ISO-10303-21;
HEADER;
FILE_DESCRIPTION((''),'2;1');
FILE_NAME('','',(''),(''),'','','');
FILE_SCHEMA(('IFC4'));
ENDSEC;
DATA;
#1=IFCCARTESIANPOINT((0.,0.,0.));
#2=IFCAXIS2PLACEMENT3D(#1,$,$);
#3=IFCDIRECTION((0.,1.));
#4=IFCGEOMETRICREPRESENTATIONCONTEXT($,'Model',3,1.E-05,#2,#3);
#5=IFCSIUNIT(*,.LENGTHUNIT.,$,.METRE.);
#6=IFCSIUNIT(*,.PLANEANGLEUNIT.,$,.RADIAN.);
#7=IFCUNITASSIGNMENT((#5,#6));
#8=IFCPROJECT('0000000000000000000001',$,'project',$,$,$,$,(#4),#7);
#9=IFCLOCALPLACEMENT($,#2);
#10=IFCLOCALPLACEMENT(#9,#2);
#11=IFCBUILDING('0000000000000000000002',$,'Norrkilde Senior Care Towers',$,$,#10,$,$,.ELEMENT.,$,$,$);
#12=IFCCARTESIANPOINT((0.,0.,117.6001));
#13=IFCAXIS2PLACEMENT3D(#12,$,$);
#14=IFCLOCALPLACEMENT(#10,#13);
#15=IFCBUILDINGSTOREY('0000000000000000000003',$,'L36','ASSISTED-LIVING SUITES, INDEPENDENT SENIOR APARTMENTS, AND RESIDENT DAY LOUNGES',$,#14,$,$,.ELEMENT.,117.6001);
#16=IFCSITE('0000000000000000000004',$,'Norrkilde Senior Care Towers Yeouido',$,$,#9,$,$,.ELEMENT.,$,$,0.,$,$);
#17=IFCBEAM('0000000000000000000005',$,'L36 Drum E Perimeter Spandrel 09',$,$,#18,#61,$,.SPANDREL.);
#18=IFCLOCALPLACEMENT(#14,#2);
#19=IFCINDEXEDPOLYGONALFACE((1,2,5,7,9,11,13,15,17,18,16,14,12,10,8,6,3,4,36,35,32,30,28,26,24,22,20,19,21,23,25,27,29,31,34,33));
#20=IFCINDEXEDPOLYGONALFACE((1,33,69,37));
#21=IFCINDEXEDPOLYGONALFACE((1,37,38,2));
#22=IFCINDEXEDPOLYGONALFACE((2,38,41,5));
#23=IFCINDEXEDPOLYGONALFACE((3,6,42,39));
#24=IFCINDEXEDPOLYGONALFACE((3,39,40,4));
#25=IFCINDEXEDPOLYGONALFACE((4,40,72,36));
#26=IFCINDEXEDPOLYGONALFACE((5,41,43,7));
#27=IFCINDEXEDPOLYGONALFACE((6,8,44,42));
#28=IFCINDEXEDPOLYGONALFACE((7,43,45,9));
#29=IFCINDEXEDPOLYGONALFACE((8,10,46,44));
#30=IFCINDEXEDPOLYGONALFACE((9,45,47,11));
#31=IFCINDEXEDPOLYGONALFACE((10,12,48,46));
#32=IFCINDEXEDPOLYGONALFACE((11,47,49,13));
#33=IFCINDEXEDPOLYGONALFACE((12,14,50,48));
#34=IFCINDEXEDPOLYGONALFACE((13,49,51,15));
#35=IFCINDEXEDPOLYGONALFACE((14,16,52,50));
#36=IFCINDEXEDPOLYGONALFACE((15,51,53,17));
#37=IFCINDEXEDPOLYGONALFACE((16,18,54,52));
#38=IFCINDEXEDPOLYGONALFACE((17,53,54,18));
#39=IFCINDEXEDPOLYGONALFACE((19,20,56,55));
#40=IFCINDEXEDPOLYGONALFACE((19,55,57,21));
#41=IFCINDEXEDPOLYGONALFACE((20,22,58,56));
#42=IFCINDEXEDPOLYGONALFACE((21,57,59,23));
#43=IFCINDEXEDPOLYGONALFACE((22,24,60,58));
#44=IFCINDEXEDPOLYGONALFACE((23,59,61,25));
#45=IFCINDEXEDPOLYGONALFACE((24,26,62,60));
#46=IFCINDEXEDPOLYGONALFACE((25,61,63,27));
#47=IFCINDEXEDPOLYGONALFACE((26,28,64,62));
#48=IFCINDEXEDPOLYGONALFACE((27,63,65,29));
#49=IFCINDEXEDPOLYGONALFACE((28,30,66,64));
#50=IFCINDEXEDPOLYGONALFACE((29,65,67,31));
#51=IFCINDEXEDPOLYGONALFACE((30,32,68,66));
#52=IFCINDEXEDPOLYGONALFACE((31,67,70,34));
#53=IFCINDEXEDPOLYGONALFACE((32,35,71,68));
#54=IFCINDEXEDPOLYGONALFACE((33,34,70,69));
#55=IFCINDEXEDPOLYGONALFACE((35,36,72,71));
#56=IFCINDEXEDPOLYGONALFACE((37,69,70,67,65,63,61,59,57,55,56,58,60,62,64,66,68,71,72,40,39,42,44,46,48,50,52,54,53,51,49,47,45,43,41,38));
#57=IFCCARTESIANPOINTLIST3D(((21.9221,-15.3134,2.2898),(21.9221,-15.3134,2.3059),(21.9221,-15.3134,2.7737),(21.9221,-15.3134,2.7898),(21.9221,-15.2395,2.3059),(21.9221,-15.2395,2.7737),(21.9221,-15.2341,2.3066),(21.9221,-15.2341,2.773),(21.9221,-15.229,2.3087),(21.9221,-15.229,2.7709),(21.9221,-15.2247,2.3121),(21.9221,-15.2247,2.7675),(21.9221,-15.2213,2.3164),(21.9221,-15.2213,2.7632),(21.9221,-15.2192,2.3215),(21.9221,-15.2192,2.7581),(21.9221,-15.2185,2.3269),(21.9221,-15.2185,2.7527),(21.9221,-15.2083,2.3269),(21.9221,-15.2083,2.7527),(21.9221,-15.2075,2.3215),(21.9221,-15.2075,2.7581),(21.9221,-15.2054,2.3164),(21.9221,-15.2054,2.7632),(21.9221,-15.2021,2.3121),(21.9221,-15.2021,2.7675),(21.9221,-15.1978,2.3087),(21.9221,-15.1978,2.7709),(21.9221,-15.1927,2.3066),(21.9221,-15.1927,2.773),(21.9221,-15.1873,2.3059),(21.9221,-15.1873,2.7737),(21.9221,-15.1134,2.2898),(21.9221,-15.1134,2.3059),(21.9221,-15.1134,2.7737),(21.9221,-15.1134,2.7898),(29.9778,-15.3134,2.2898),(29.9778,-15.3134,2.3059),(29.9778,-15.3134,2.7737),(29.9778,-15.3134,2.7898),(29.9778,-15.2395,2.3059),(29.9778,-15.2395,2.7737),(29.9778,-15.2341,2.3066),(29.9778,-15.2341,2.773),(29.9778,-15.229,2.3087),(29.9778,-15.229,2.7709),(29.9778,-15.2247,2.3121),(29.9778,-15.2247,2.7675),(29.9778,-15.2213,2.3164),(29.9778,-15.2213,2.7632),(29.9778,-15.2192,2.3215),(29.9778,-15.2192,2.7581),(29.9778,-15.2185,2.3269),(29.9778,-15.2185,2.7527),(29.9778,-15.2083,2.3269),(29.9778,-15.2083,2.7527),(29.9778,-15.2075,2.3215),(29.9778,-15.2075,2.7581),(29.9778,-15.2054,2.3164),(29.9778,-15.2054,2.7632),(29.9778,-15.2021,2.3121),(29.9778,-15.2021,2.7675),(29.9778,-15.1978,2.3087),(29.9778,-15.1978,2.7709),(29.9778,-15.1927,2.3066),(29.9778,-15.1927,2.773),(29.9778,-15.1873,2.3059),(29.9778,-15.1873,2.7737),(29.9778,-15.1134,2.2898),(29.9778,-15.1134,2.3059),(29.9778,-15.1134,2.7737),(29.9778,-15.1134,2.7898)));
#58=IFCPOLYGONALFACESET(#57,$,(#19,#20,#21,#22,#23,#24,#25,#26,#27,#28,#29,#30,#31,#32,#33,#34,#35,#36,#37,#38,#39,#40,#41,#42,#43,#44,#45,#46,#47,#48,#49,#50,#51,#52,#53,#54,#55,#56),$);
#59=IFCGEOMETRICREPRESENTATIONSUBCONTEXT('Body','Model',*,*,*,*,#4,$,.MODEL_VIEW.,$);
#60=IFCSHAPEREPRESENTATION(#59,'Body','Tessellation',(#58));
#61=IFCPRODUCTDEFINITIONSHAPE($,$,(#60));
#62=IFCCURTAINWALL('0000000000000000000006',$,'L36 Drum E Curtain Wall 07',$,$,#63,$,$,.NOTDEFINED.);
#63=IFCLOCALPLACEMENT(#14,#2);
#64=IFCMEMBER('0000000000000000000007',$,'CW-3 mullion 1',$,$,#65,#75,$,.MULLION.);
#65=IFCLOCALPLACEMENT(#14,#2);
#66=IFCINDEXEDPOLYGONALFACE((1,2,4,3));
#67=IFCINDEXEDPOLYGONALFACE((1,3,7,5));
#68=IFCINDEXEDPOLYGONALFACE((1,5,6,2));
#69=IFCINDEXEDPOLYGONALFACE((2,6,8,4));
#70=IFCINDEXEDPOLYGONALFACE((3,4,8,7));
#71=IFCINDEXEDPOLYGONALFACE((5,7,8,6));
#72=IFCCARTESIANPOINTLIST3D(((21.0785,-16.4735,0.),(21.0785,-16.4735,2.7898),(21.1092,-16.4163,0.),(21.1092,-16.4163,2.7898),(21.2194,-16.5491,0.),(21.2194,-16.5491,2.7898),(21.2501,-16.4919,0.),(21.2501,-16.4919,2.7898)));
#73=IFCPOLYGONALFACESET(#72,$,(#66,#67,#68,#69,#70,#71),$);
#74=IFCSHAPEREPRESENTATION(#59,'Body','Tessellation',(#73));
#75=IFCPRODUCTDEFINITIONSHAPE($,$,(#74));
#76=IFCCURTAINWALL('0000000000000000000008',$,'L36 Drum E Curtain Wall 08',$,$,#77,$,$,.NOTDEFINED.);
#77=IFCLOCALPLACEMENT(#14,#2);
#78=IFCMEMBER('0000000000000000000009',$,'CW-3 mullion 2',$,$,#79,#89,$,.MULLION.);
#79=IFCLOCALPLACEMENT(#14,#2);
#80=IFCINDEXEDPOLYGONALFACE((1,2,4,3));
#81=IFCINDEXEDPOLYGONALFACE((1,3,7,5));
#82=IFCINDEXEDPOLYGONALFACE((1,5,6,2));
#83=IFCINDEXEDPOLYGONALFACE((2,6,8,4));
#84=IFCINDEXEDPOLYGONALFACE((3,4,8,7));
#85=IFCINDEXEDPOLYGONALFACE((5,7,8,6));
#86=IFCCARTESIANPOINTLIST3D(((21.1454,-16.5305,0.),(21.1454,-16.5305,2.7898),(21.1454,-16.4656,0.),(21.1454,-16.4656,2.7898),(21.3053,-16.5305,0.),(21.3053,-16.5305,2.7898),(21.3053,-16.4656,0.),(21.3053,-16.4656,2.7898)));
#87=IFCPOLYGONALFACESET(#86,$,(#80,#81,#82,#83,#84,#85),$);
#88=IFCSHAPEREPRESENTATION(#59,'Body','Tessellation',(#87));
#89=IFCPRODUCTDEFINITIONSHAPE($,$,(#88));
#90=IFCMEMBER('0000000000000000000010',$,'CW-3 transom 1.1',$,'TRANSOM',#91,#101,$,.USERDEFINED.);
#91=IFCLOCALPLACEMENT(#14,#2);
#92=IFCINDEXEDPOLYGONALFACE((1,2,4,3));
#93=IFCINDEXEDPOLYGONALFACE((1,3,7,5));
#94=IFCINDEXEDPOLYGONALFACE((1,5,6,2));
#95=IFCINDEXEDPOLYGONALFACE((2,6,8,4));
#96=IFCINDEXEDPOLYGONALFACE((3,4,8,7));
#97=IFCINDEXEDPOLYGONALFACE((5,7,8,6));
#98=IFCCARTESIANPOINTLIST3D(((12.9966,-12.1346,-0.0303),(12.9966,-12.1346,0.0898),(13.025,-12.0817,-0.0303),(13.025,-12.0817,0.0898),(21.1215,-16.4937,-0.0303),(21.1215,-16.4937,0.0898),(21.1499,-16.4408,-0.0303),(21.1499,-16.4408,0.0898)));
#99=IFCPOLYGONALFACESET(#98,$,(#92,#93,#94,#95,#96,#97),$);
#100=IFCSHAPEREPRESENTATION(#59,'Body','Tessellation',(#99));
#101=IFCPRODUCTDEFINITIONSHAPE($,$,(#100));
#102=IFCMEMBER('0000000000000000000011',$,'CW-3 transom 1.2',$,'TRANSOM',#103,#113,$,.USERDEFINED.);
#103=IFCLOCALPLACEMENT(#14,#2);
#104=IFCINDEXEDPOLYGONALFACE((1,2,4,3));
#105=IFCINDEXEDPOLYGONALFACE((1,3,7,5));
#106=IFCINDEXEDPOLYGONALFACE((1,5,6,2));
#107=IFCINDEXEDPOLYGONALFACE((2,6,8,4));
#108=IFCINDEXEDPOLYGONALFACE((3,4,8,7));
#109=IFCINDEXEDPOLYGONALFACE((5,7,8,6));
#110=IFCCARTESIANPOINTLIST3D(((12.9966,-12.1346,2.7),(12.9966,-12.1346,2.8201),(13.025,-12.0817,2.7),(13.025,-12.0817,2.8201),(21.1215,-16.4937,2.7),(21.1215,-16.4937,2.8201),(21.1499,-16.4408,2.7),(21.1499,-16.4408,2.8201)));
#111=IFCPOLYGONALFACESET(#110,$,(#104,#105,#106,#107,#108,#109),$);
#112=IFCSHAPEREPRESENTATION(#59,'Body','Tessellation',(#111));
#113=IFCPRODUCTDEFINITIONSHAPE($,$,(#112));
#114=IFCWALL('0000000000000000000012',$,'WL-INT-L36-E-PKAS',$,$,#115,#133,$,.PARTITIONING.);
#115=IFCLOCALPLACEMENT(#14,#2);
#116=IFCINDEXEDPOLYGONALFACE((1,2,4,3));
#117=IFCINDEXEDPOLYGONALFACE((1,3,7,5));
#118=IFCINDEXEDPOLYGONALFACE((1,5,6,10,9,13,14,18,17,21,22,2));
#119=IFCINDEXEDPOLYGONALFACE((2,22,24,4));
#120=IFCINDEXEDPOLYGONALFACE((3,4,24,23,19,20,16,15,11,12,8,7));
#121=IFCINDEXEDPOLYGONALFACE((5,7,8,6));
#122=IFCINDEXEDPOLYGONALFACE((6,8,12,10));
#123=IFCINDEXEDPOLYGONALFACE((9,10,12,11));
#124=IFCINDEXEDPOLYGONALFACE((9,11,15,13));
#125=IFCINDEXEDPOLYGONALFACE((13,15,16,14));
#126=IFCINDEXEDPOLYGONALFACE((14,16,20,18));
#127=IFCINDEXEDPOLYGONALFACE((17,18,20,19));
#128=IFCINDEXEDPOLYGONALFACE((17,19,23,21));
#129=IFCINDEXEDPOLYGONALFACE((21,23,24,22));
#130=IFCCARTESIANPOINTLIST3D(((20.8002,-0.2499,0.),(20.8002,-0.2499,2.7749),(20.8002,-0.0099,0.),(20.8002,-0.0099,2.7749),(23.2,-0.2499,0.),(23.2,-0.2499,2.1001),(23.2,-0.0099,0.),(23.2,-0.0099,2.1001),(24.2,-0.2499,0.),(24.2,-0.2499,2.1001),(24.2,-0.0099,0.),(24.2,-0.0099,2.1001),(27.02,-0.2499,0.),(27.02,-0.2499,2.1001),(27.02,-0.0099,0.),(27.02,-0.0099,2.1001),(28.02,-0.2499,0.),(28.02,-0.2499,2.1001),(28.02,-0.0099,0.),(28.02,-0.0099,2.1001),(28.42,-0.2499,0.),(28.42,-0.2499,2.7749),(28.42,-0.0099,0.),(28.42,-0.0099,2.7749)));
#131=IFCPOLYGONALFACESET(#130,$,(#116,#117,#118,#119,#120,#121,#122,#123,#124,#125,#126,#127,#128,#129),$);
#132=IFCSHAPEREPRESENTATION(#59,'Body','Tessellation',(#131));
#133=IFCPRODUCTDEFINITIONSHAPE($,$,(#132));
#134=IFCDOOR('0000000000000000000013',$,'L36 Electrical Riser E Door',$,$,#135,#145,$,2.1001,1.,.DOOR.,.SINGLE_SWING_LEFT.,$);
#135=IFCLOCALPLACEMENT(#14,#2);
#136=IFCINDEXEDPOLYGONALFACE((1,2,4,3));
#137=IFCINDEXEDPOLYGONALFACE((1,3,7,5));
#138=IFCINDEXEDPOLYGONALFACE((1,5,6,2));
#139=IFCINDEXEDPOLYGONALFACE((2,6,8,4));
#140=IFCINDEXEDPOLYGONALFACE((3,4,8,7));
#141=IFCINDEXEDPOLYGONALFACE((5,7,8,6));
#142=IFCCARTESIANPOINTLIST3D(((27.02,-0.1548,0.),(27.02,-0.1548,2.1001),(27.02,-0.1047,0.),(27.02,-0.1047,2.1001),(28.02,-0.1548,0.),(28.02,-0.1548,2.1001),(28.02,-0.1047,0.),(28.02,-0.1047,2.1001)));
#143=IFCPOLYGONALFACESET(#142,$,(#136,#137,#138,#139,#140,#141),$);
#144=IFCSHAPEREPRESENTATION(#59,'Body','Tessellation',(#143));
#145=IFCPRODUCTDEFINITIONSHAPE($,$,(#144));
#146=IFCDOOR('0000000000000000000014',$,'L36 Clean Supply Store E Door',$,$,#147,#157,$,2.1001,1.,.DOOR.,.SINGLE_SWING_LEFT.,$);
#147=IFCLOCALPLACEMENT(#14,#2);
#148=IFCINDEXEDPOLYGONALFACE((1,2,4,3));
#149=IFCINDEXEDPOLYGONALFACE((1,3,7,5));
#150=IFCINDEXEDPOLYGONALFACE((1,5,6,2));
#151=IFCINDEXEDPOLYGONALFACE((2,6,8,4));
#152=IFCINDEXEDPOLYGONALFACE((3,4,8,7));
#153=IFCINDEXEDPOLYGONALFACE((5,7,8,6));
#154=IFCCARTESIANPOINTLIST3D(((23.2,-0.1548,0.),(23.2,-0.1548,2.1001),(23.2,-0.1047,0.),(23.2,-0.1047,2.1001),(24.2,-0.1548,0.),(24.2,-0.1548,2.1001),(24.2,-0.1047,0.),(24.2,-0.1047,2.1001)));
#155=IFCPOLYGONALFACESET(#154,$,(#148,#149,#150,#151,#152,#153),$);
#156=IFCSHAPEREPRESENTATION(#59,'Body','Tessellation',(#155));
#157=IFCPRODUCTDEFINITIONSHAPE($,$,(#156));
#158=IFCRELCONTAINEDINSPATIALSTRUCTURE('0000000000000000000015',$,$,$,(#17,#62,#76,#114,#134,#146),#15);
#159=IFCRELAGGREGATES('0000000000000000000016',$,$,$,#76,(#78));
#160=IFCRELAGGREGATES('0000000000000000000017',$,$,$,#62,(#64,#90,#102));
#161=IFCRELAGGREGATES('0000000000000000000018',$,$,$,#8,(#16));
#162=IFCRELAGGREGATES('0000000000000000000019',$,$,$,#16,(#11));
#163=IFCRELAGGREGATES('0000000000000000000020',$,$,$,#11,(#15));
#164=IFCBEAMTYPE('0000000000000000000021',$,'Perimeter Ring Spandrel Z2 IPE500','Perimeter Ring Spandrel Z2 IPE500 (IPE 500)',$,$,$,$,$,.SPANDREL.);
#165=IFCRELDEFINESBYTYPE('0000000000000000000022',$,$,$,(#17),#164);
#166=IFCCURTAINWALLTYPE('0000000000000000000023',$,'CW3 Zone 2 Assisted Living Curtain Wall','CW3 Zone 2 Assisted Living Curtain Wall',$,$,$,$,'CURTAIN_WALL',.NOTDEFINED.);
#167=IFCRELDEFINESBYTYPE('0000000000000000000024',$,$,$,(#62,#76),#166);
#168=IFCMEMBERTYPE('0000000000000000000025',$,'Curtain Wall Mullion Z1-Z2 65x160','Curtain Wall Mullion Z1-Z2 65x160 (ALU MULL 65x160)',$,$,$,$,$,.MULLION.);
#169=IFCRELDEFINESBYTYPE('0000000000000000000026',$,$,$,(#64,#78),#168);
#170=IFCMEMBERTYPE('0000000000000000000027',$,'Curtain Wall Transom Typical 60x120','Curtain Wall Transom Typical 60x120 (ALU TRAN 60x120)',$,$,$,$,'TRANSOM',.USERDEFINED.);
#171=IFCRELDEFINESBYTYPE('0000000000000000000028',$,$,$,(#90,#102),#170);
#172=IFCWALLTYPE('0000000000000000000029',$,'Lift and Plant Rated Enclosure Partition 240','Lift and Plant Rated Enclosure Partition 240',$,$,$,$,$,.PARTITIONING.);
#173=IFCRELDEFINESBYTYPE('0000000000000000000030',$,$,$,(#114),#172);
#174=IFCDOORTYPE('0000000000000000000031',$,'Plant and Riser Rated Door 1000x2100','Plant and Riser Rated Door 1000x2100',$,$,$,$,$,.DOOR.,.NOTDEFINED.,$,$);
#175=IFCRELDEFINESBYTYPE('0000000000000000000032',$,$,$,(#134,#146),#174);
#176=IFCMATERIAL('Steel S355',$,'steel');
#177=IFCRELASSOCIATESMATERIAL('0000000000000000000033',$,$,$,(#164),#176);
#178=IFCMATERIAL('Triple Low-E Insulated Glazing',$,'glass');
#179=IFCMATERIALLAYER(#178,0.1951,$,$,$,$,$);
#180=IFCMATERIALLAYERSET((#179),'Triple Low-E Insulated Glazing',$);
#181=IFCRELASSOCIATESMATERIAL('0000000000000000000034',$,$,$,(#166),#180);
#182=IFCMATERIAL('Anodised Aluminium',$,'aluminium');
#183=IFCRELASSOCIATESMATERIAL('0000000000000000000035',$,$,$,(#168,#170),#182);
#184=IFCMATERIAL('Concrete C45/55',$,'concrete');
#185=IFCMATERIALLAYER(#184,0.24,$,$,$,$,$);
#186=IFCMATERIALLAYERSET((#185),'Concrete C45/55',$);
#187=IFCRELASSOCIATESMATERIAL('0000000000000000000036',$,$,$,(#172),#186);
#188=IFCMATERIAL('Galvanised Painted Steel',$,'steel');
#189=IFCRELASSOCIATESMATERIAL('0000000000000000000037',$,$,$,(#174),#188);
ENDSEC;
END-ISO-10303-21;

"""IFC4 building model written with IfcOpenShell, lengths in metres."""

from ifc_helpers import new_model, si_unit, direction, frame, frame_2d, origin, origin_2d, place, context, subcontext, project, spatial, rectangle, i_section, extrude, source, transform, mapped, material, layer, layer_set, material_profile, profile_set, type_object, type_shapes, element, fill, aggregate, save


model = new_model("IFC4")

# Units and contexts
model_context = context("Model", 3, precision=1e-05, world=origin(), true_north=direction((0.0, 1.0)))
body_context = subcontext(model_context, "Body", "Model", "MODEL_VIEW")
ifc_project = project(units=[si_unit("LENGTHUNIT", "METRE"), si_unit("PLANEANGLEUNIT", "RADIAN")], contexts=[model_context])

# Site, building, storey
site_placement = place(None, origin())
site = spatial("IfcSite", under=ifc_project, at=site_placement, Name="Norrkilde Senior Care Towers Yeouido", CompositionType="ELEMENT", RefElevation=0.0)
building_placement = place(site_placement, origin())
building = spatial("IfcBuilding", under=site, at=building_placement, Name="Norrkilde Senior Care Towers", CompositionType="ELEMENT")
storey_placement = place(building_placement, frame((0.0, 0.0, 117.6001)))
storey = spatial("IfcBuildingStorey", under=building, at=storey_placement, Name="L36", Description="ASSISTED-LIVING SUITES, INDEPENDENT SENIOR APARTMENTS, AND RESIDENT DAY LOUNGES", CompositionType="ELEMENT", Elevation=117.6001)

# Beam
ifc_material_1 = material(Name="Steel S355", Category="steel")
ifc_material_profile_1 = material_profile(ifc_material_1, i_section(OverallWidth=0.2, OverallDepth=0.5, WebThickness=0.0103, FlangeThickness=0.0161, FilletRadius=0.021, at=origin_2d()), Name="IPE 500")
ifc_profile_set_1 = profile_set([ifc_material_profile_1], Name="Steel S355")
beam_type_1 = type_object("IfcBeamType", Name="Perimeter Ring Spandrel Z2 IPE500", Description="Perimeter Ring Spandrel Z2 IPE500 (IPE 500)", PredefinedType="SPANDREL", material=ifc_profile_set_1)
shared_shape_1 = source(origin(), body_context, "Body", "SweptSolid", [
    extrude(i_section(OverallWidth=0.2, OverallDepth=0.5, WebThickness=0.0103, FlangeThickness=0.0161, FilletRadius=0.021, at=origin_2d()), origin(), (0.0, 0.0, 1.0), 8.0557),
])
type_shapes(beam_type_1, [shared_shape_1])
beam_1_placement = place(storey_placement, frame((21.9221, -15.2134, 2.5398), z_axis=(1.0, 0.0, 0.0), x_axis=(0.0, 1.0, 0.0)))
element("IfcBeam", 1, at=beam_1_placement, inside=storey, type_object=beam_type_1, Name="L36 Drum E Perimeter Spandrel 09", PredefinedType="SPANDREL", context=body_context, shape_type="MappedRepresentation", body=[
    mapped(shared_shape_1, transform((0.0, 0.0, 0.0), x_axis=(1.0, 0.0, 0.0), y_axis=(0.0, 1.0, 0.0), z_axis=(0.0, 0.0, 1.0), scale=1.0)),
])

# Curtain walls, members
ifc_material_2 = material(Name="Triple Low-E Insulated Glazing", Category="glass")
ifc_layer_1 = layer(ifc_material_2, 0.1951)
ifc_layer_set_1 = layer_set([ifc_layer_1], Name="Triple Low-E Insulated Glazing")
curtain_wall_type = type_object("IfcCurtainWallType", Name="CW3 Zone 2 Assisted Living Curtain Wall", Description="CW3 Zone 2 Assisted Living Curtain Wall", ElementType="CURTAIN_WALL", PredefinedType="NOTDEFINED", material=ifc_layer_set_1)
curtain_wall_1_placement = place(storey_placement, origin())
curtain_wall_1 = element("IfcCurtainWall", 2, at=curtain_wall_1_placement, inside=storey, type_object=curtain_wall_type, Name="L36 Drum E Curtain Wall 07", PredefinedType="NOTDEFINED")
ifc_material_3 = material(Name="Anodised Aluminium", Category="aluminium")
ifc_material_profile_2 = material_profile(ifc_material_3, rectangle(XDim=0.0649, YDim=0.1599, at=origin_2d()), Name="ALU MULL 65x160")
ifc_profile_set_2 = profile_set([ifc_material_profile_2], Name="Anodised Aluminium")
member_type_1 = type_object("IfcMemberType", Name="Curtain Wall Mullion Z1-Z2 65x160", Description="Curtain Wall Mullion Z1-Z2 65x160 (ALU MULL 65x160)", PredefinedType="MULLION", material=ifc_profile_set_2)
shared_shape_2 = source(origin(), body_context, "Body", "SweptSolid", [
    extrude(rectangle(XDim=0.0649, YDim=0.1599, at=origin_2d()), origin(), (0.0, 0.0, 1.0), 2.7898),
])
type_shapes(member_type_1, [shared_shape_2])
member_1_placement = place(storey_placement, frame((21.1643, -16.4827, 0.0), z_axis=(0.0, 0.0, 1.0), x_axis=(-0.472769, -0.881186, 0.0)))
member_1 = element("IfcMember", 3, at=member_1_placement, type_object=member_type_1, Name="CW-3 mullion 1", PredefinedType="MULLION", context=body_context, shape_type="MappedRepresentation", body=[
    mapped(shared_shape_2, transform((0.0, 0.0, 0.0), x_axis=(1.0, 0.0, 0.0), y_axis=(0.0, 1.0, 0.0), z_axis=(0.0, 0.0, 1.0), scale=1.0)),
])
curtain_wall_2_placement = place(storey_placement, origin())
curtain_wall_2 = element("IfcCurtainWall", 4, at=curtain_wall_2_placement, inside=storey, type_object=curtain_wall_type, Name="L36 Drum E Curtain Wall 08", PredefinedType="NOTDEFINED")
member_2_placement = place(storey_placement, frame((21.2253, -16.498, 0.0), z_axis=(0.0, 0.0, 1.0), x_axis=(0.0, -1.0, 0.0)))
member_2 = element("IfcMember", 5, at=member_2_placement, type_object=member_type_1, Name="CW-3 mullion 2", PredefinedType="MULLION", context=body_context, shape_type="MappedRepresentation", body=[
    mapped(shared_shape_2, transform((0.0, 0.0, 0.0), x_axis=(1.0, 0.0, 0.0), y_axis=(0.0, 1.0, 0.0), z_axis=(0.0, 0.0, 1.0), scale=1.0)),
])
aggregate(curtain_wall_2, [member_2])

# Members
ifc_material_profile_3 = material_profile(ifc_material_3, rectangle(XDim=0.0601, YDim=0.1201, at=origin_2d()), Name="ALU TRAN 60x120")
ifc_profile_set_3 = profile_set([ifc_material_profile_3], Name="Anodised Aluminium")
member_type_2 = type_object("IfcMemberType", Name="Curtain Wall Transom Typical 60x120", Description="Curtain Wall Transom Typical 60x120 (ALU TRAN 60x120)", ElementType="TRANSOM", PredefinedType="USERDEFINED", material=ifc_profile_set_3)
shared_shape_3 = source(origin(), body_context, "Body", "SweptSolid", [
    extrude(rectangle(XDim=0.0601, YDim=0.1201, at=origin_2d()), origin(), (0.0, 0.0, 1.0), 9.2205),
])
type_shapes(member_type_2, [shared_shape_3])
member_3_placement = place(storey_placement, frame((21.1357, -16.4673, 0.0298), z_axis=(-0.881189, 0.472765, 0.0), x_axis=(-0.472765, -0.881189, 0.0)))
member_3 = element("IfcMember", 6, at=member_3_placement, type_object=member_type_2, Name="CW-3 transom 1.1", ObjectType="TRANSOM", PredefinedType="USERDEFINED", context=body_context, shape_type="MappedRepresentation", body=[
    mapped(shared_shape_3, transform((0.0, 0.0, 0.0), x_axis=(1.0, 0.0, 0.0), y_axis=(0.0, 1.0, 0.0), z_axis=(0.0, 0.0, 1.0), scale=1.0)),
])
member_4_placement = place(storey_placement, frame((21.1357, -16.4673, 2.76), z_axis=(-0.881189, 0.472765, 0.0), x_axis=(-0.472765, -0.881189, 0.0)))
member_4 = element("IfcMember", 7, at=member_4_placement, type_object=member_type_2, Name="CW-3 transom 1.2", ObjectType="TRANSOM", PredefinedType="USERDEFINED", context=body_context, shape_type="MappedRepresentation", body=[
    mapped(shared_shape_3, transform((0.0, 0.0, 0.0), x_axis=(1.0, 0.0, 0.0), y_axis=(0.0, 1.0, 0.0), z_axis=(0.0, 0.0, 1.0), scale=1.0)),
])
aggregate(curtain_wall_1, [member_1, member_3, member_4])

# Wall, openings, doors
ifc_material_4 = material(Name="Concrete C45/55", Category="concrete")
ifc_layer_2 = layer(ifc_material_4, 0.24)
ifc_layer_set_2 = layer_set([ifc_layer_2], Name="Concrete C45/55")
wall_type_1 = type_object("IfcWallType", Name="Lift and Plant Rated Enclosure Partition 240", Description="Lift and Plant Rated Enclosure Partition 240", PredefinedType="PARTITIONING", material=ifc_layer_set_2)
shared_shape_4 = source(origin(), body_context, "Body", "SweptSolid", [
    extrude(rectangle(XDim=7.6199, YDim=0.24, at=frame_2d((3.8101, 0.0))), origin(), (0.0, 0.0, 1.0), 2.7749),
])
type_shapes(wall_type_1, [shared_shape_4])
wall_1_placement = place(storey_placement, frame((20.8, -0.1299, 0.0), z_axis=(0.0, 0.0, 1.0), x_axis=(1.0, 0.0, 0.0)))
wall_1 = element("IfcWall", 8, at=wall_1_placement, inside=storey, type_object=wall_type_1, Name="WL-INT-L36-E-PKAS", PredefinedType="PARTITIONING", context=body_context, shape_type="MappedRepresentation", body=[
    mapped(shared_shape_4, transform((0.0, 0.0, 0.0), x_axis=(1.0, 0.0, 0.0), y_axis=(0.0, 1.0, 0.0), z_axis=(0.0, 0.0, 1.0), scale=1.0)),
])
opening_1_placement = place(wall_1_placement, frame((6.22, 0.0, 0.0)))
opening_1 = element("IfcOpeningElement", 9, at=opening_1_placement, cuts=wall_1, PredefinedType="OPENING", context=body_context, shape_type="SweptSolid", body=[
    extrude(rectangle(XDim=1.0, YDim=2.1001, at=frame_2d((0.5, 1.05))), frame((0.0, 0.1299, 0.0), z_axis=(0.0, -1.0, 0.0), x_axis=(1.0, 0.0, 0.0)), (0.0, 0.0, 1.0), 0.26),
])
opening_2_placement = place(wall_1_placement, frame((2.3999, 0.0, 0.0)))
opening_2 = element("IfcOpeningElement", 10, at=opening_2_placement, cuts=wall_1, PredefinedType="OPENING", context=body_context, shape_type="SweptSolid", body=[
    extrude(rectangle(XDim=1.0, YDim=2.1001, at=frame_2d((0.5, 1.05))), frame((0.0, 0.1299, 0.0), z_axis=(0.0, -1.0, 0.0), x_axis=(1.0, 0.0, 0.0)), (0.0, 0.0, 1.0), 0.26),
])
ifc_material_5 = material(Name="Galvanised Painted Steel", Category="steel")
door_type_1 = type_object("IfcDoorType", Name="Plant and Riser Rated Door 1000x2100", Description="Plant and Riser Rated Door 1000x2100", OperationType="NOTDEFINED", PredefinedType="DOOR", material=ifc_material_5)
shared_shape_5 = source(origin(), body_context, "Body", "SweptSolid", [
    extrude(rectangle(XDim=1.0, YDim=2.1001, at=frame_2d((0.5, 1.05))), frame((0.0, 0.0249, 0.0), z_axis=(0.0, -1.0, 0.0), x_axis=(1.0, 0.0, 0.0)), (0.0, 0.0, 1.0), 0.05),
])
type_shapes(door_type_1, [shared_shape_5])
door_1_placement = place(opening_1_placement, frame((1.0, 0.0, 0.0), z_axis=(0.0, 0.0, 1.0), x_axis=(-1.0, 0.0, 0.0)))
door_1 = element("IfcDoor", 11, at=door_1_placement, inside=storey, type_object=door_type_1, Name="L36 Electrical Riser E Door", OperationType="SINGLE_SWING_LEFT", OverallHeight=2.1001, OverallWidth=1.0, PredefinedType="DOOR", context=body_context, shape_type="MappedRepresentation", body=[
    mapped(shared_shape_5, transform((0.0, 0.0, 0.0), x_axis=(1.0, 0.0, 0.0), y_axis=(0.0, 1.0, 0.0), z_axis=(0.0, 0.0, 1.0), scale=1.0)),
])
fill(opening_1, door_1)
door_2_placement = place(opening_2_placement, frame((1.0, 0.0, 0.0), z_axis=(0.0, 0.0, 1.0), x_axis=(-1.0, 0.0, 0.0)))
door_2 = element("IfcDoor", 12, at=door_2_placement, inside=storey, type_object=door_type_1, Name="L36 Clean Supply Store E Door", OperationType="SINGLE_SWING_LEFT", OverallHeight=2.1001, OverallWidth=1.0, PredefinedType="DOOR", context=body_context, shape_type="MappedRepresentation", body=[
    mapped(shared_shape_5, transform((0.0, 0.0, 0.0), x_axis=(1.0, 0.0, 0.0), y_axis=(0.0, 1.0, 0.0), z_axis=(0.0, 0.0, 1.0), scale=1.0)),
])
fill(opening_2, door_2)

save(model, "model.ifc")
